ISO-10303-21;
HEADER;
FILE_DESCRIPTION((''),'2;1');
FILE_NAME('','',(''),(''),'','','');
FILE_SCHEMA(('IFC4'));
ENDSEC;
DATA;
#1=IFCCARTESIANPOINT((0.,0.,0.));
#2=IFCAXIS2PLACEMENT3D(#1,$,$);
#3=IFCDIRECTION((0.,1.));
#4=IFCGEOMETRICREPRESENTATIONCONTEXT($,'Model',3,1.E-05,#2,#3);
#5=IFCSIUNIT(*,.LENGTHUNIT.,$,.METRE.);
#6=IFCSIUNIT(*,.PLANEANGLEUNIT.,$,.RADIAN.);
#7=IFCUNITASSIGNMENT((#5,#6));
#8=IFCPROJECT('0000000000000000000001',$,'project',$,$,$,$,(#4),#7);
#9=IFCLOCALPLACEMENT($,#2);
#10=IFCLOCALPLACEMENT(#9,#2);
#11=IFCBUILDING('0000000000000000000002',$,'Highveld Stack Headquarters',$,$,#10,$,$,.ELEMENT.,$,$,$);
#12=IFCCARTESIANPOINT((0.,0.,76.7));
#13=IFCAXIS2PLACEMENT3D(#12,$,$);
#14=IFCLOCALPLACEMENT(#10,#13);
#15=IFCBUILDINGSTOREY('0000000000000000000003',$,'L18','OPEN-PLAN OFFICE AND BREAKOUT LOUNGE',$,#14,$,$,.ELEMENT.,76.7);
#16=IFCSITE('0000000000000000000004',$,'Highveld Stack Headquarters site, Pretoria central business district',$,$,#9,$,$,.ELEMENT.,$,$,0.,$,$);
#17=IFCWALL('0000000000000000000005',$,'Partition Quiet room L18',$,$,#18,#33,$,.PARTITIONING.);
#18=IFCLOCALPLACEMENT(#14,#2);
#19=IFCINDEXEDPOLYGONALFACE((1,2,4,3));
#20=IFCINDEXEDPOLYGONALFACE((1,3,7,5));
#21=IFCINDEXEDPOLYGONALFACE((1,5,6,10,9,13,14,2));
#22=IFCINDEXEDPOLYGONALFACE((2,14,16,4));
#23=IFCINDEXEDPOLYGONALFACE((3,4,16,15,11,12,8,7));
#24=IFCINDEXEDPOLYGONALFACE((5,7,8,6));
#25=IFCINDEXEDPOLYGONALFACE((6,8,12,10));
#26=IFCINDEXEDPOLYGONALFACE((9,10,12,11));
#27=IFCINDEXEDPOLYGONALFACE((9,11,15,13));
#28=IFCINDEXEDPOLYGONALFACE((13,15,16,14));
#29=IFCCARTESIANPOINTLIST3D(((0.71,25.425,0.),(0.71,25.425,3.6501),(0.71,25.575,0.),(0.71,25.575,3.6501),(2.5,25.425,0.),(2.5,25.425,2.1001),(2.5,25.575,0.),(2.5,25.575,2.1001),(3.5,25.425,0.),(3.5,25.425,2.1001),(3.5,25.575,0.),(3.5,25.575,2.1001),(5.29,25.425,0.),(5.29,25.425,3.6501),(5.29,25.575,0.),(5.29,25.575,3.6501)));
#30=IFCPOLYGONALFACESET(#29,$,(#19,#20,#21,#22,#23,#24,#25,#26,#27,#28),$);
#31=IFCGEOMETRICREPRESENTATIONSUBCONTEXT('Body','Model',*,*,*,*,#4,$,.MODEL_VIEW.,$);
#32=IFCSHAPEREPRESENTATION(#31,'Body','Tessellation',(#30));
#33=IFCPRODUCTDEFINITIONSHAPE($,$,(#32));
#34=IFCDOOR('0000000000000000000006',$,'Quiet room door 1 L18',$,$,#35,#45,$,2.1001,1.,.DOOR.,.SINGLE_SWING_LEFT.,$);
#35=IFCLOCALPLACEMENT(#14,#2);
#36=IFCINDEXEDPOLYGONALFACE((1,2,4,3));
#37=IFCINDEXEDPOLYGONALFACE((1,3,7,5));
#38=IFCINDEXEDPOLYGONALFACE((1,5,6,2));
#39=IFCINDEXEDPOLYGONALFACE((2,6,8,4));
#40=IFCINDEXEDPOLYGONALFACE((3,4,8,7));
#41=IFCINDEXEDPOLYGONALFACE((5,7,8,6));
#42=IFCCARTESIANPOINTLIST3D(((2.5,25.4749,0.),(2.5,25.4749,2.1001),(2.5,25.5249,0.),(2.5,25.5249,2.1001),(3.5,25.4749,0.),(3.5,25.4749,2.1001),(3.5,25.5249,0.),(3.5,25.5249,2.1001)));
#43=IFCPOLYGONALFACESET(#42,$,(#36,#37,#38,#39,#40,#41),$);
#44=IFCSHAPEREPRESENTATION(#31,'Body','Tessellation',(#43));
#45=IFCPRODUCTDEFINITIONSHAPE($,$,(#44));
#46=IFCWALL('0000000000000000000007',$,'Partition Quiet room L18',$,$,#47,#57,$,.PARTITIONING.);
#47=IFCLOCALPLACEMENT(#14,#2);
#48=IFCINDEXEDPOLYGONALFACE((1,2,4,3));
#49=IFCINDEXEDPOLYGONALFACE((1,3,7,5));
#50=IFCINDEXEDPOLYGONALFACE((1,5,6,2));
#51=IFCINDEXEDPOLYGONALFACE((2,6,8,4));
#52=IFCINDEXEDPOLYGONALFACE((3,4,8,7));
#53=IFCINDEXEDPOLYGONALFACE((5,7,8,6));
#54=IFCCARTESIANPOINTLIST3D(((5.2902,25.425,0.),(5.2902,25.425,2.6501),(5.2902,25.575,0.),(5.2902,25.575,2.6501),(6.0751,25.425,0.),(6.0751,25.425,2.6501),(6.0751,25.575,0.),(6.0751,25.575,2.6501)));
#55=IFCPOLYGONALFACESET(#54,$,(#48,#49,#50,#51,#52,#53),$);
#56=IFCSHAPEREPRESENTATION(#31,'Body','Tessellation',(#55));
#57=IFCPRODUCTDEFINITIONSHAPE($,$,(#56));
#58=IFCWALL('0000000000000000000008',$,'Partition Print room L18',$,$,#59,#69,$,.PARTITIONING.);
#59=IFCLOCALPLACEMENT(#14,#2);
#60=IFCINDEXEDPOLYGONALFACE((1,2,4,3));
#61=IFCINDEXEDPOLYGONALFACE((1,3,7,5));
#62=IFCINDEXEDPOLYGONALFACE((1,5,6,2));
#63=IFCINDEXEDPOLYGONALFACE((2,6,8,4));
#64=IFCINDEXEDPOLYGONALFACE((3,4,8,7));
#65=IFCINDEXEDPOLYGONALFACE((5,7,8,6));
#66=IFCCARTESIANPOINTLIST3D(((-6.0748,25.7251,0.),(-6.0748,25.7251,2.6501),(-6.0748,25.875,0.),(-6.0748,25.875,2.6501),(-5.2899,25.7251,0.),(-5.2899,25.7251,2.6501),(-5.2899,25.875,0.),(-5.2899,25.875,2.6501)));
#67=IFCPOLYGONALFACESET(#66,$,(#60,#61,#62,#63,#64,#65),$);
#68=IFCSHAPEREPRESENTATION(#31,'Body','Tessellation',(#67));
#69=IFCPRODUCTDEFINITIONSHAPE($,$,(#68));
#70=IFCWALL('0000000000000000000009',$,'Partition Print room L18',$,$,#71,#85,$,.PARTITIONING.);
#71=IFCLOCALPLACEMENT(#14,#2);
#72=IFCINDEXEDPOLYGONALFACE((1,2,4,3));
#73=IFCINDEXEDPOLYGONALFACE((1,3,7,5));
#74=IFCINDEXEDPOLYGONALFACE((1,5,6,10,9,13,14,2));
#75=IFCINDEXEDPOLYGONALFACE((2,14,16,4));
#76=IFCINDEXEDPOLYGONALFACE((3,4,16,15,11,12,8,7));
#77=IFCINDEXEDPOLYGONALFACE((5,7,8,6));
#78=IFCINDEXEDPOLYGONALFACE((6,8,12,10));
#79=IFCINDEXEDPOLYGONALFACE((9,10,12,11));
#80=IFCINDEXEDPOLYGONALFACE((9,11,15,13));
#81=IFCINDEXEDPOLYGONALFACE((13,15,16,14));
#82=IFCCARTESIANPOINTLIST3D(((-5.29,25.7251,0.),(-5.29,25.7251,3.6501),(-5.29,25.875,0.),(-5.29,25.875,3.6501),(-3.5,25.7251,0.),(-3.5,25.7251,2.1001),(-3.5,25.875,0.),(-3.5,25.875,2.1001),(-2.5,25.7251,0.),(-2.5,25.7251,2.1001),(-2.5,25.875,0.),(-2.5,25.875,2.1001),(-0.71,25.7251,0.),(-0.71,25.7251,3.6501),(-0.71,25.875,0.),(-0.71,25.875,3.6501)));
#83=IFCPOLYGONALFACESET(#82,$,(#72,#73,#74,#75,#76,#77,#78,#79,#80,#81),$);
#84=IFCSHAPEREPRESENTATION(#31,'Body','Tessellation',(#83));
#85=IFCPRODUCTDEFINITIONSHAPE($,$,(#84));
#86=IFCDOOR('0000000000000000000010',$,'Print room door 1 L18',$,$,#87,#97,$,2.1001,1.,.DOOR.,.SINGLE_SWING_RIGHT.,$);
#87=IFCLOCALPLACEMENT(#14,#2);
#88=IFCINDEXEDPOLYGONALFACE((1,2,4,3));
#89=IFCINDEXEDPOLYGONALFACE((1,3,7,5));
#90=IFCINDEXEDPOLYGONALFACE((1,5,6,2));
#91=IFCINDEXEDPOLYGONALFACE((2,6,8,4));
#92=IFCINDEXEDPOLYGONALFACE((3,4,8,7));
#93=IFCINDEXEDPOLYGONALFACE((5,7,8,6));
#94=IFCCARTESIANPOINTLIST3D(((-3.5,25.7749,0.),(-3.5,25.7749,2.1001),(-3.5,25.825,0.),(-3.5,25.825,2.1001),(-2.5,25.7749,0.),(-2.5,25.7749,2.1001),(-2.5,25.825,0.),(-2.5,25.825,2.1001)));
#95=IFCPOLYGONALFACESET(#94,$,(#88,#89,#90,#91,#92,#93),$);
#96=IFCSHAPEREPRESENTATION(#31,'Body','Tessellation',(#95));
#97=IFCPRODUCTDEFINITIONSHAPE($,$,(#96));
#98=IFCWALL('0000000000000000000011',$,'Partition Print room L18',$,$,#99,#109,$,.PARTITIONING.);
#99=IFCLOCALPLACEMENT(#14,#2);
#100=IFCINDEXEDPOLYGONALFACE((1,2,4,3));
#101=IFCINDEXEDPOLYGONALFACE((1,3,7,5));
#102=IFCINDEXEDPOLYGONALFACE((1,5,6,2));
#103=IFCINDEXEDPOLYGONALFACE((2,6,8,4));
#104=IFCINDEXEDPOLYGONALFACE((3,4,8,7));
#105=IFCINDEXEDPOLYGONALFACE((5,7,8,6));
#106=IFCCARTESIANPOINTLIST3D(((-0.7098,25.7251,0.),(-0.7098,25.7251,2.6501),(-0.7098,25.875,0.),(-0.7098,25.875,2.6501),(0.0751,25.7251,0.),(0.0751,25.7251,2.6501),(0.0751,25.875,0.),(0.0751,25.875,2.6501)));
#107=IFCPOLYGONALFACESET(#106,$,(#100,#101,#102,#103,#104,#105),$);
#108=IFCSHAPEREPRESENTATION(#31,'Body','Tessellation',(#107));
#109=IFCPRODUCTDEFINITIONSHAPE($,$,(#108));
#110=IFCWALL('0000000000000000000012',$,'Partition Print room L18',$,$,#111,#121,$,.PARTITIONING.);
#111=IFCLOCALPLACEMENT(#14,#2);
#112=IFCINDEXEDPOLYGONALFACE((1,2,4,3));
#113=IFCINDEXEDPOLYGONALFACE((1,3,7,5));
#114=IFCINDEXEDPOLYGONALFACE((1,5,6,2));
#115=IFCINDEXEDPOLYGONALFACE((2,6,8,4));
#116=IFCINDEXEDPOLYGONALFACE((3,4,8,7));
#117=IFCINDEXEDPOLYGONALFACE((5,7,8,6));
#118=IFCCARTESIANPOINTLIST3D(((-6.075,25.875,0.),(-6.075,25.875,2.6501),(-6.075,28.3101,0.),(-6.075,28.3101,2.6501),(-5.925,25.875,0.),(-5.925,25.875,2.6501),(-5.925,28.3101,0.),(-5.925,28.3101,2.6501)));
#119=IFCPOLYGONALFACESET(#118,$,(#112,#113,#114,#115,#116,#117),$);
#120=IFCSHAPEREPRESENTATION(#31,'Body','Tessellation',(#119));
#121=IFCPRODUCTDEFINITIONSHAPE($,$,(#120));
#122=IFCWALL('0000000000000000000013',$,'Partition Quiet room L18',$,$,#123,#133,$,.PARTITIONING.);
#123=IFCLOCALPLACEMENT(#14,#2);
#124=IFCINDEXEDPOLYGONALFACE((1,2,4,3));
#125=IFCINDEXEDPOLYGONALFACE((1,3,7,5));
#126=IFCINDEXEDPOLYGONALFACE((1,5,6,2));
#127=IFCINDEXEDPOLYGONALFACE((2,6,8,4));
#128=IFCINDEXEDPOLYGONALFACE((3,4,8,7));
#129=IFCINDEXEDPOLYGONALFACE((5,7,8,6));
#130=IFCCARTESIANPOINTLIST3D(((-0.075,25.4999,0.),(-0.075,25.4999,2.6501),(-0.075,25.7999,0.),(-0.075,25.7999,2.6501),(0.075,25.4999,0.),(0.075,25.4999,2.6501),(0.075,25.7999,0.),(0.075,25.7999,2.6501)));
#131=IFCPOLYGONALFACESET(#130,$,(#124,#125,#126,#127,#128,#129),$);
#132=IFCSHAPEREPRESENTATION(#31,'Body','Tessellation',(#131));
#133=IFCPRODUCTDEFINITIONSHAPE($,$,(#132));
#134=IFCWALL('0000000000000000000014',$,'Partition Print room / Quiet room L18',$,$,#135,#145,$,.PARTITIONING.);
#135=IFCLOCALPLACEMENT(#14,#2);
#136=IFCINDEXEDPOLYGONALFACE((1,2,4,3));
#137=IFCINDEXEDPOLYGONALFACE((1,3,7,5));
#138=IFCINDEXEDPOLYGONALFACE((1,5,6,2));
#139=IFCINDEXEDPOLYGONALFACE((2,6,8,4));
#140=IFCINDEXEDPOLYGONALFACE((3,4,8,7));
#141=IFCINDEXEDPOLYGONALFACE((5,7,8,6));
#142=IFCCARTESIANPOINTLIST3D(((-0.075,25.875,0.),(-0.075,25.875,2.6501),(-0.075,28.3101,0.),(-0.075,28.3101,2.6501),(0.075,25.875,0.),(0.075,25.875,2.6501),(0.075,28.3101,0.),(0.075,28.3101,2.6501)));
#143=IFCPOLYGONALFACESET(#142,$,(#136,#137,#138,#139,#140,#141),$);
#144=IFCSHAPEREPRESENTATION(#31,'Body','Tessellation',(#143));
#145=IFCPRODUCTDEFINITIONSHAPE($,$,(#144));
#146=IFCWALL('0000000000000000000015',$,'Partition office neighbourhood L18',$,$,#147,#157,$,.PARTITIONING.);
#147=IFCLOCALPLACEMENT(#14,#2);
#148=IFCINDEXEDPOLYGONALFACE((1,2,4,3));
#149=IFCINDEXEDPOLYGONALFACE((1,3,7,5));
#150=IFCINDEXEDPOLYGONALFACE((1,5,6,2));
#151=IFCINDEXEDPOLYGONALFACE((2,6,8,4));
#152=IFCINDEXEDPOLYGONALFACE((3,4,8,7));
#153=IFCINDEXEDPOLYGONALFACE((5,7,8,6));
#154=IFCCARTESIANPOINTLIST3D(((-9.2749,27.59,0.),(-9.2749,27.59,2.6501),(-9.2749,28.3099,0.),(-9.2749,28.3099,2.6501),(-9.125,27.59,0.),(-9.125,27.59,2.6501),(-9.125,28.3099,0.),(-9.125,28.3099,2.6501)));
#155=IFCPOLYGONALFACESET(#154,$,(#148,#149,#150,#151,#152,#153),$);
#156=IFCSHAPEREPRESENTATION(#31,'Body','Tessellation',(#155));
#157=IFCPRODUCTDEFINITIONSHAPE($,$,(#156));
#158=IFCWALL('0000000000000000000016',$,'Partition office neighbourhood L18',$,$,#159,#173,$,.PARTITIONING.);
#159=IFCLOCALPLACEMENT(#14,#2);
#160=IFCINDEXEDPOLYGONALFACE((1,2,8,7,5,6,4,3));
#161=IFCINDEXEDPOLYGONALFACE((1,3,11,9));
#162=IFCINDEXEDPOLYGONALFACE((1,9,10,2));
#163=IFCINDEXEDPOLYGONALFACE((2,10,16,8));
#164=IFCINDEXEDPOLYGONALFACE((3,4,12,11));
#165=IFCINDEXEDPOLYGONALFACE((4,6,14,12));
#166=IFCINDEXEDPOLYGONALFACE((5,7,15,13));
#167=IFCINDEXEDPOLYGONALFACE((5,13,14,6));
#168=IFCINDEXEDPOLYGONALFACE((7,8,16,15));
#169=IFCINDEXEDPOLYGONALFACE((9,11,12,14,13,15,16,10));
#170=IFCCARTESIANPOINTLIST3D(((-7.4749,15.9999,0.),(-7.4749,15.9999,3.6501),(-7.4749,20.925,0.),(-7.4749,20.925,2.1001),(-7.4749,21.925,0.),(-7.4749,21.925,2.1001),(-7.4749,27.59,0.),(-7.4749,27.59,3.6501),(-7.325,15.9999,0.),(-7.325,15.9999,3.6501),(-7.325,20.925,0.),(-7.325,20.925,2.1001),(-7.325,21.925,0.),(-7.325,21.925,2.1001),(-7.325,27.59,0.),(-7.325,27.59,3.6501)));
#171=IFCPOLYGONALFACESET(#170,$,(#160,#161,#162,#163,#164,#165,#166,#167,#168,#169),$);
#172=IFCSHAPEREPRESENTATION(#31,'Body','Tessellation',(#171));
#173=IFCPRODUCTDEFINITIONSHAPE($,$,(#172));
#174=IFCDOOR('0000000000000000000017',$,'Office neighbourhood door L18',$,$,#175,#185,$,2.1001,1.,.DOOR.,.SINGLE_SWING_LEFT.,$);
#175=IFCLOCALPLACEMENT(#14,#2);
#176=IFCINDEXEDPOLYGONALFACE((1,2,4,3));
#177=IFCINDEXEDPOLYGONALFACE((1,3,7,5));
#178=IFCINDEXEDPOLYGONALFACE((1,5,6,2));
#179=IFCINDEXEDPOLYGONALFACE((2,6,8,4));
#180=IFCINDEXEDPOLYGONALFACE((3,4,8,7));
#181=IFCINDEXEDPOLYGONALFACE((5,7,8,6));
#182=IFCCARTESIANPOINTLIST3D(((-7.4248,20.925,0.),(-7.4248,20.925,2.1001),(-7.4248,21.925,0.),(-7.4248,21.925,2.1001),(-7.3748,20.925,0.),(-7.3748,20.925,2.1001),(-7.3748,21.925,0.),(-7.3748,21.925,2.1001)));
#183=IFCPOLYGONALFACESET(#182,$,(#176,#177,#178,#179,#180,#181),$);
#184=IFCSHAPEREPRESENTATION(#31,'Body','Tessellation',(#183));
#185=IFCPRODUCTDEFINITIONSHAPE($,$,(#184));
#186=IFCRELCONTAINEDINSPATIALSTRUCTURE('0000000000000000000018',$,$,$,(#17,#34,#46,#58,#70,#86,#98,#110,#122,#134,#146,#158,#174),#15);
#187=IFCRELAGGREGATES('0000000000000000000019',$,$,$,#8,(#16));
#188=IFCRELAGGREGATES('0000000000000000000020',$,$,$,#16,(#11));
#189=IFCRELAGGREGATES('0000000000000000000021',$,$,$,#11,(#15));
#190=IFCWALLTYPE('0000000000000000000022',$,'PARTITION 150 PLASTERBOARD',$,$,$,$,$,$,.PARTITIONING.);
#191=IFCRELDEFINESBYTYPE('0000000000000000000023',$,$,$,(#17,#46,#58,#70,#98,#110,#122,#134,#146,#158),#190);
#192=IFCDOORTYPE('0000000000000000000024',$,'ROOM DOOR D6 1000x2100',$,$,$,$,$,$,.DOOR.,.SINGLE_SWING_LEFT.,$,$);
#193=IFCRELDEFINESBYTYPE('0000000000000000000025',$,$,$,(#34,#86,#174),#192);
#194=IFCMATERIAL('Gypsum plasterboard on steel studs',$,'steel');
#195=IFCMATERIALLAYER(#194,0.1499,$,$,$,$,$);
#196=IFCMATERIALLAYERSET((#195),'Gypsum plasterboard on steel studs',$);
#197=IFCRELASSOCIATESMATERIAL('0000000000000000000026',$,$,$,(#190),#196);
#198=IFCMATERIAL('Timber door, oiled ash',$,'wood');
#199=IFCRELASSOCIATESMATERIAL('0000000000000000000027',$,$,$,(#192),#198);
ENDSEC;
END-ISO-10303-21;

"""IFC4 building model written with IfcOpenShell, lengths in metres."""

from ifc_helpers import new_model, si_unit, direction, frame, frame_2d, origin, place, context, subcontext, project, spatial, rectangle, extrude, material, layer, layer_set, type_object, element, fill, save


model = new_model("IFC4")

# Units and contexts
model_context = context("Model", 3, precision=1e-05, world=origin(), true_north=direction((0.0, 1.0)))
body_context = subcontext(model_context, "Body", "Model", "MODEL_VIEW")
ifc_project = project(units=[si_unit("LENGTHUNIT", "METRE"), si_unit("PLANEANGLEUNIT", "RADIAN")], contexts=[model_context])

# Site, building, storey
site_placement = place(None, origin())
site = spatial("IfcSite", under=ifc_project, at=site_placement, Name="Highveld Stack Headquarters site, Pretoria central business district", CompositionType="ELEMENT", RefElevation=0.0)
building_placement = place(site_placement, origin())
building = spatial("IfcBuilding", under=site, at=building_placement, Name="Highveld Stack Headquarters", CompositionType="ELEMENT")
storey_placement = place(building_placement, frame((0.0, 0.0, 76.7)))
storey = spatial("IfcBuildingStorey", under=building, at=storey_placement, Name="L18", Description="OPEN-PLAN OFFICE AND BREAKOUT LOUNGE", CompositionType="ELEMENT", Elevation=76.7)

# Shared definitions
ifc_material_1 = material(Name="Gypsum plasterboard on steel studs", Category="steel")
ifc_layer_1 = layer(ifc_material_1, 0.1499)
ifc_layer_set_1 = layer_set([ifc_layer_1], Name="Gypsum plasterboard on steel studs")
wall_type_1 = type_object("IfcWallType", Name="PARTITION 150 PLASTERBOARD", PredefinedType="PARTITIONING", material=ifc_layer_set_1)

# Wall, opening, door
wall_1_placement = place(storey_placement, frame((0.71, 25.5, 0.0), z_axis=(0.0, 0.0, 1.0), x_axis=(1.0, 0.0, 0.0)))
wall_1 = element("IfcWall", 1, at=wall_1_placement, inside=storey, type_object=wall_type_1, Name="Partition Quiet room L18", PredefinedType="PARTITIONING", context=body_context, shape_type="SweptSolid", body=[
    extrude(rectangle(XDim=4.5801, YDim=0.1499, at=frame_2d((2.29, 0.0))), origin(), (0.0, 0.0, 1.0), 3.6501),
])
opening_1_placement = place(wall_1_placement, frame((1.79, 0.0, 0.0)))
opening_1 = element("IfcOpeningElement", 2, at=opening_1_placement, cuts=wall_1, PredefinedType="OPENING", context=body_context, shape_type="SweptSolid", body=[
    extrude(rectangle(XDim=1.0, YDim=2.1001, at=frame_2d((0.5, 1.05))), frame((0.0, 0.085, 0.0), z_axis=(0.0, -1.0, 0.0), x_axis=(1.0, 0.0, 0.0)), (0.0, 0.0, 1.0), 0.1699),
])
ifc_material_2 = material(Name="Timber door, oiled ash", Category="wood")
door_type = type_object("IfcDoorType", Name="ROOM DOOR D6 1000x2100", OperationType="SINGLE_SWING_LEFT", PredefinedType="DOOR", material=ifc_material_2)
door_1_placement = place(opening_1_placement, origin())
door_1 = element("IfcDoor", 3, at=door_1_placement, inside=storey, type_object=door_type, Name="Quiet room door 1 L18", OperationType="SINGLE_SWING_LEFT", OverallHeight=2.1001, OverallWidth=1.0, PredefinedType="DOOR", context=body_context, shape_type="SweptSolid", body=[
    extrude(rectangle(XDim=1.0, YDim=2.1001, at=frame_2d((0.5, 1.05))), frame((0.0, 0.0249, 0.0), z_axis=(0.0, -1.0, 0.0), x_axis=(1.0, 0.0, 0.0)), (0.0, 0.0, 1.0), 0.05),
])
fill(opening_1, door_1)

# Walls
for number, where, z_axis, x_axis, name in (
    (4, (5.29, 25.5, 0.0), (0.0, 0.0, 1.0), (1.0, 0.0, 0.0), "Partition Quiet room L18"),
    (5, (-6.075, 25.8, 0.0), (0.0, 0.0, 1.0), (1.0, 0.0, 0.0), "Partition Print room L18"),
):
    element("IfcWall", number, at=place(storey_placement, frame(where, z_axis=z_axis, x_axis=x_axis)), inside=storey, type_object=wall_type_1, Name=name, PredefinedType="PARTITIONING", context=body_context, shape_type="SweptSolid", body=[
        extrude(rectangle(XDim=0.7849, YDim=0.1499, at=frame_2d((0.3926, 0.0))), origin(), (0.0, 0.0, 1.0), 2.6501),
    ])

# Wall, opening, door
wall_2_placement = place(storey_placement, frame((-5.29, 25.8, 0.0), z_axis=(0.0, 0.0, 1.0), x_axis=(1.0, 0.0, 0.0)))
wall_2 = element("IfcWall", 6, at=wall_2_placement, inside=storey, type_object=wall_type_1, Name="Partition Print room L18", PredefinedType="PARTITIONING", context=body_context, shape_type="SweptSolid", body=[
    extrude(rectangle(XDim=4.5801, YDim=0.1499, at=frame_2d((2.29, 0.0))), origin(), (0.0, 0.0, 1.0), 3.6501),
])
opening_2_placement = place(wall_2_placement, frame((1.79, 0.0, 0.0)))
opening_2 = element("IfcOpeningElement", 7, at=opening_2_placement, cuts=wall_2, PredefinedType="OPENING", context=body_context, shape_type="SweptSolid", body=[
    extrude(rectangle(XDim=1.0, YDim=2.1001, at=frame_2d((0.5, 1.05))), frame((0.0, 0.085, 0.0), z_axis=(0.0, -1.0, 0.0), x_axis=(1.0, 0.0, 0.0)), (0.0, 0.0, 1.0), 0.1699),
])
door_2_placement = place(opening_2_placement, origin())
door_2 = element("IfcDoor", 8, at=door_2_placement, inside=storey, type_object=door_type, Name="Print room door 1 L18", OperationType="SINGLE_SWING_RIGHT", OverallHeight=2.1001, OverallWidth=1.0, PredefinedType="DOOR", context=body_context, shape_type="SweptSolid", body=[
    extrude(rectangle(XDim=1.0, YDim=2.1001, at=frame_2d((0.5, 1.05))), frame((0.0, 0.0249, 0.0), z_axis=(0.0, -1.0, 0.0), x_axis=(1.0, 0.0, 0.0)), (0.0, 0.0, 1.0), 0.05),
])
fill(opening_2, door_2)

# Walls
wall_3_placement = place(storey_placement, frame((-0.71, 25.8, 0.0), z_axis=(0.0, 0.0, 1.0), x_axis=(1.0, 0.0, 0.0)))
element("IfcWall", 9, at=wall_3_placement, inside=storey, type_object=wall_type_1, Name="Partition Print room L18", PredefinedType="PARTITIONING", context=body_context, shape_type="SweptSolid", body=[
    extrude(rectangle(XDim=0.7849, YDim=0.1499, at=frame_2d((0.3926, 0.0))), origin(), (0.0, 0.0, 1.0), 2.6501),
])
wall_4_placement = place(storey_placement, frame((-6.0, 25.875, 0.0), z_axis=(0.0, 0.0, 1.0), x_axis=(0.0, 1.0, 0.0)))
element("IfcWall", 10, at=wall_4_placement, inside=storey, type_object=wall_type_1, Name="Partition Print room L18", PredefinedType="PARTITIONING", context=body_context, shape_type="SweptSolid", body=[
    extrude(rectangle(XDim=2.4351, YDim=0.1499, at=frame_2d((1.2175, 0.0))), origin(), (0.0, 0.0, 1.0), 2.6501),
])
wall_5_placement = place(storey_placement, frame((0.0, 25.5, 0.0), z_axis=(0.0, 0.0, 1.0), x_axis=(0.0, 1.0, 0.0)))
element("IfcWall", 11, at=wall_5_placement, inside=storey, type_object=wall_type_1, Name="Partition Quiet room L18", PredefinedType="PARTITIONING", context=body_context, shape_type="SweptSolid", body=[
    extrude(rectangle(XDim=0.3, YDim=0.1499, at=frame_2d((0.1499, 0.0))), origin(), (0.0, 0.0, 1.0), 2.6501),
])
wall_6_placement = place(storey_placement, frame((0.0, 25.875, 0.0), z_axis=(0.0, 0.0, 1.0), x_axis=(0.0, 1.0, 0.0)))
element("IfcWall", 12, at=wall_6_placement, inside=storey, type_object=wall_type_1, Name="Partition Print room / Quiet room L18", PredefinedType="PARTITIONING", context=body_context, shape_type="SweptSolid", body=[
    extrude(rectangle(XDim=2.4351, YDim=0.1499, at=frame_2d((1.2175, 0.0))), origin(), (0.0, 0.0, 1.0), 2.6501),
])
wall_7_placement = place(storey_placement, frame((-9.2, 27.5901, 0.0), z_axis=(0.0, 0.0, 1.0), x_axis=(0.0, 1.0, 0.0)))
element("IfcWall", 13, at=wall_7_placement, inside=storey, type_object=wall_type_1, Name="Partition office neighbourhood L18", PredefinedType="PARTITIONING", context=body_context, shape_type="SweptSolid", body=[
    extrude(rectangle(XDim=0.72, YDim=0.1499, at=frame_2d((0.3599, 0.0))), origin(), (0.0, 0.0, 1.0), 2.6501),
])

# Wall, opening, door
wall_8_placement = place(storey_placement, frame((-7.3999, 16.0, 0.0), z_axis=(0.0, 0.0, 1.0), x_axis=(0.0, 1.0, 0.0)))
wall_8 = element("IfcWall", 14, at=wall_8_placement, inside=storey, type_object=wall_type_1, Name="Partition office neighbourhood L18", PredefinedType="PARTITIONING", context=body_context, shape_type="SweptSolid", body=[
    extrude(rectangle(XDim=11.5901, YDim=0.1499, at=frame_2d((5.7949, 0.0))), origin(), (0.0, 0.0, 1.0), 3.6501),
])
opening_3_placement = place(wall_8_placement, frame((4.925, 0.0, 0.0)))
opening_3 = element("IfcOpeningElement", 15, at=opening_3_placement, cuts=wall_8, PredefinedType="OPENING", context=body_context, shape_type="SweptSolid", body=[
    extrude(rectangle(XDim=1.0, YDim=2.1001, at=frame_2d((0.5, 1.05))), frame((0.0, 0.085, 0.0), z_axis=(0.0, -1.0, 0.0), x_axis=(1.0, 0.0, 0.0)), (0.0, 0.0, 1.0), 0.1699),
])
door_3_placement = place(opening_3_placement, origin())
door_3 = element("IfcDoor", 16, at=door_3_placement, inside=storey, type_object=door_type, Name="Office neighbourhood door L18", OperationType="SINGLE_SWING_LEFT", OverallHeight=2.1001, OverallWidth=1.0, PredefinedType="DOOR", context=body_context, shape_type="SweptSolid", body=[
    extrude(rectangle(XDim=1.0, YDim=2.1001, at=frame_2d((0.5, 1.05))), frame((0.0, 0.0249, 0.0), z_axis=(0.0, -1.0, 0.0), x_axis=(1.0, 0.0, 0.0)), (0.0, 0.0, 1.0), 0.05),
])
fill(opening_3, door_3)

save(model, "model.ifc")
